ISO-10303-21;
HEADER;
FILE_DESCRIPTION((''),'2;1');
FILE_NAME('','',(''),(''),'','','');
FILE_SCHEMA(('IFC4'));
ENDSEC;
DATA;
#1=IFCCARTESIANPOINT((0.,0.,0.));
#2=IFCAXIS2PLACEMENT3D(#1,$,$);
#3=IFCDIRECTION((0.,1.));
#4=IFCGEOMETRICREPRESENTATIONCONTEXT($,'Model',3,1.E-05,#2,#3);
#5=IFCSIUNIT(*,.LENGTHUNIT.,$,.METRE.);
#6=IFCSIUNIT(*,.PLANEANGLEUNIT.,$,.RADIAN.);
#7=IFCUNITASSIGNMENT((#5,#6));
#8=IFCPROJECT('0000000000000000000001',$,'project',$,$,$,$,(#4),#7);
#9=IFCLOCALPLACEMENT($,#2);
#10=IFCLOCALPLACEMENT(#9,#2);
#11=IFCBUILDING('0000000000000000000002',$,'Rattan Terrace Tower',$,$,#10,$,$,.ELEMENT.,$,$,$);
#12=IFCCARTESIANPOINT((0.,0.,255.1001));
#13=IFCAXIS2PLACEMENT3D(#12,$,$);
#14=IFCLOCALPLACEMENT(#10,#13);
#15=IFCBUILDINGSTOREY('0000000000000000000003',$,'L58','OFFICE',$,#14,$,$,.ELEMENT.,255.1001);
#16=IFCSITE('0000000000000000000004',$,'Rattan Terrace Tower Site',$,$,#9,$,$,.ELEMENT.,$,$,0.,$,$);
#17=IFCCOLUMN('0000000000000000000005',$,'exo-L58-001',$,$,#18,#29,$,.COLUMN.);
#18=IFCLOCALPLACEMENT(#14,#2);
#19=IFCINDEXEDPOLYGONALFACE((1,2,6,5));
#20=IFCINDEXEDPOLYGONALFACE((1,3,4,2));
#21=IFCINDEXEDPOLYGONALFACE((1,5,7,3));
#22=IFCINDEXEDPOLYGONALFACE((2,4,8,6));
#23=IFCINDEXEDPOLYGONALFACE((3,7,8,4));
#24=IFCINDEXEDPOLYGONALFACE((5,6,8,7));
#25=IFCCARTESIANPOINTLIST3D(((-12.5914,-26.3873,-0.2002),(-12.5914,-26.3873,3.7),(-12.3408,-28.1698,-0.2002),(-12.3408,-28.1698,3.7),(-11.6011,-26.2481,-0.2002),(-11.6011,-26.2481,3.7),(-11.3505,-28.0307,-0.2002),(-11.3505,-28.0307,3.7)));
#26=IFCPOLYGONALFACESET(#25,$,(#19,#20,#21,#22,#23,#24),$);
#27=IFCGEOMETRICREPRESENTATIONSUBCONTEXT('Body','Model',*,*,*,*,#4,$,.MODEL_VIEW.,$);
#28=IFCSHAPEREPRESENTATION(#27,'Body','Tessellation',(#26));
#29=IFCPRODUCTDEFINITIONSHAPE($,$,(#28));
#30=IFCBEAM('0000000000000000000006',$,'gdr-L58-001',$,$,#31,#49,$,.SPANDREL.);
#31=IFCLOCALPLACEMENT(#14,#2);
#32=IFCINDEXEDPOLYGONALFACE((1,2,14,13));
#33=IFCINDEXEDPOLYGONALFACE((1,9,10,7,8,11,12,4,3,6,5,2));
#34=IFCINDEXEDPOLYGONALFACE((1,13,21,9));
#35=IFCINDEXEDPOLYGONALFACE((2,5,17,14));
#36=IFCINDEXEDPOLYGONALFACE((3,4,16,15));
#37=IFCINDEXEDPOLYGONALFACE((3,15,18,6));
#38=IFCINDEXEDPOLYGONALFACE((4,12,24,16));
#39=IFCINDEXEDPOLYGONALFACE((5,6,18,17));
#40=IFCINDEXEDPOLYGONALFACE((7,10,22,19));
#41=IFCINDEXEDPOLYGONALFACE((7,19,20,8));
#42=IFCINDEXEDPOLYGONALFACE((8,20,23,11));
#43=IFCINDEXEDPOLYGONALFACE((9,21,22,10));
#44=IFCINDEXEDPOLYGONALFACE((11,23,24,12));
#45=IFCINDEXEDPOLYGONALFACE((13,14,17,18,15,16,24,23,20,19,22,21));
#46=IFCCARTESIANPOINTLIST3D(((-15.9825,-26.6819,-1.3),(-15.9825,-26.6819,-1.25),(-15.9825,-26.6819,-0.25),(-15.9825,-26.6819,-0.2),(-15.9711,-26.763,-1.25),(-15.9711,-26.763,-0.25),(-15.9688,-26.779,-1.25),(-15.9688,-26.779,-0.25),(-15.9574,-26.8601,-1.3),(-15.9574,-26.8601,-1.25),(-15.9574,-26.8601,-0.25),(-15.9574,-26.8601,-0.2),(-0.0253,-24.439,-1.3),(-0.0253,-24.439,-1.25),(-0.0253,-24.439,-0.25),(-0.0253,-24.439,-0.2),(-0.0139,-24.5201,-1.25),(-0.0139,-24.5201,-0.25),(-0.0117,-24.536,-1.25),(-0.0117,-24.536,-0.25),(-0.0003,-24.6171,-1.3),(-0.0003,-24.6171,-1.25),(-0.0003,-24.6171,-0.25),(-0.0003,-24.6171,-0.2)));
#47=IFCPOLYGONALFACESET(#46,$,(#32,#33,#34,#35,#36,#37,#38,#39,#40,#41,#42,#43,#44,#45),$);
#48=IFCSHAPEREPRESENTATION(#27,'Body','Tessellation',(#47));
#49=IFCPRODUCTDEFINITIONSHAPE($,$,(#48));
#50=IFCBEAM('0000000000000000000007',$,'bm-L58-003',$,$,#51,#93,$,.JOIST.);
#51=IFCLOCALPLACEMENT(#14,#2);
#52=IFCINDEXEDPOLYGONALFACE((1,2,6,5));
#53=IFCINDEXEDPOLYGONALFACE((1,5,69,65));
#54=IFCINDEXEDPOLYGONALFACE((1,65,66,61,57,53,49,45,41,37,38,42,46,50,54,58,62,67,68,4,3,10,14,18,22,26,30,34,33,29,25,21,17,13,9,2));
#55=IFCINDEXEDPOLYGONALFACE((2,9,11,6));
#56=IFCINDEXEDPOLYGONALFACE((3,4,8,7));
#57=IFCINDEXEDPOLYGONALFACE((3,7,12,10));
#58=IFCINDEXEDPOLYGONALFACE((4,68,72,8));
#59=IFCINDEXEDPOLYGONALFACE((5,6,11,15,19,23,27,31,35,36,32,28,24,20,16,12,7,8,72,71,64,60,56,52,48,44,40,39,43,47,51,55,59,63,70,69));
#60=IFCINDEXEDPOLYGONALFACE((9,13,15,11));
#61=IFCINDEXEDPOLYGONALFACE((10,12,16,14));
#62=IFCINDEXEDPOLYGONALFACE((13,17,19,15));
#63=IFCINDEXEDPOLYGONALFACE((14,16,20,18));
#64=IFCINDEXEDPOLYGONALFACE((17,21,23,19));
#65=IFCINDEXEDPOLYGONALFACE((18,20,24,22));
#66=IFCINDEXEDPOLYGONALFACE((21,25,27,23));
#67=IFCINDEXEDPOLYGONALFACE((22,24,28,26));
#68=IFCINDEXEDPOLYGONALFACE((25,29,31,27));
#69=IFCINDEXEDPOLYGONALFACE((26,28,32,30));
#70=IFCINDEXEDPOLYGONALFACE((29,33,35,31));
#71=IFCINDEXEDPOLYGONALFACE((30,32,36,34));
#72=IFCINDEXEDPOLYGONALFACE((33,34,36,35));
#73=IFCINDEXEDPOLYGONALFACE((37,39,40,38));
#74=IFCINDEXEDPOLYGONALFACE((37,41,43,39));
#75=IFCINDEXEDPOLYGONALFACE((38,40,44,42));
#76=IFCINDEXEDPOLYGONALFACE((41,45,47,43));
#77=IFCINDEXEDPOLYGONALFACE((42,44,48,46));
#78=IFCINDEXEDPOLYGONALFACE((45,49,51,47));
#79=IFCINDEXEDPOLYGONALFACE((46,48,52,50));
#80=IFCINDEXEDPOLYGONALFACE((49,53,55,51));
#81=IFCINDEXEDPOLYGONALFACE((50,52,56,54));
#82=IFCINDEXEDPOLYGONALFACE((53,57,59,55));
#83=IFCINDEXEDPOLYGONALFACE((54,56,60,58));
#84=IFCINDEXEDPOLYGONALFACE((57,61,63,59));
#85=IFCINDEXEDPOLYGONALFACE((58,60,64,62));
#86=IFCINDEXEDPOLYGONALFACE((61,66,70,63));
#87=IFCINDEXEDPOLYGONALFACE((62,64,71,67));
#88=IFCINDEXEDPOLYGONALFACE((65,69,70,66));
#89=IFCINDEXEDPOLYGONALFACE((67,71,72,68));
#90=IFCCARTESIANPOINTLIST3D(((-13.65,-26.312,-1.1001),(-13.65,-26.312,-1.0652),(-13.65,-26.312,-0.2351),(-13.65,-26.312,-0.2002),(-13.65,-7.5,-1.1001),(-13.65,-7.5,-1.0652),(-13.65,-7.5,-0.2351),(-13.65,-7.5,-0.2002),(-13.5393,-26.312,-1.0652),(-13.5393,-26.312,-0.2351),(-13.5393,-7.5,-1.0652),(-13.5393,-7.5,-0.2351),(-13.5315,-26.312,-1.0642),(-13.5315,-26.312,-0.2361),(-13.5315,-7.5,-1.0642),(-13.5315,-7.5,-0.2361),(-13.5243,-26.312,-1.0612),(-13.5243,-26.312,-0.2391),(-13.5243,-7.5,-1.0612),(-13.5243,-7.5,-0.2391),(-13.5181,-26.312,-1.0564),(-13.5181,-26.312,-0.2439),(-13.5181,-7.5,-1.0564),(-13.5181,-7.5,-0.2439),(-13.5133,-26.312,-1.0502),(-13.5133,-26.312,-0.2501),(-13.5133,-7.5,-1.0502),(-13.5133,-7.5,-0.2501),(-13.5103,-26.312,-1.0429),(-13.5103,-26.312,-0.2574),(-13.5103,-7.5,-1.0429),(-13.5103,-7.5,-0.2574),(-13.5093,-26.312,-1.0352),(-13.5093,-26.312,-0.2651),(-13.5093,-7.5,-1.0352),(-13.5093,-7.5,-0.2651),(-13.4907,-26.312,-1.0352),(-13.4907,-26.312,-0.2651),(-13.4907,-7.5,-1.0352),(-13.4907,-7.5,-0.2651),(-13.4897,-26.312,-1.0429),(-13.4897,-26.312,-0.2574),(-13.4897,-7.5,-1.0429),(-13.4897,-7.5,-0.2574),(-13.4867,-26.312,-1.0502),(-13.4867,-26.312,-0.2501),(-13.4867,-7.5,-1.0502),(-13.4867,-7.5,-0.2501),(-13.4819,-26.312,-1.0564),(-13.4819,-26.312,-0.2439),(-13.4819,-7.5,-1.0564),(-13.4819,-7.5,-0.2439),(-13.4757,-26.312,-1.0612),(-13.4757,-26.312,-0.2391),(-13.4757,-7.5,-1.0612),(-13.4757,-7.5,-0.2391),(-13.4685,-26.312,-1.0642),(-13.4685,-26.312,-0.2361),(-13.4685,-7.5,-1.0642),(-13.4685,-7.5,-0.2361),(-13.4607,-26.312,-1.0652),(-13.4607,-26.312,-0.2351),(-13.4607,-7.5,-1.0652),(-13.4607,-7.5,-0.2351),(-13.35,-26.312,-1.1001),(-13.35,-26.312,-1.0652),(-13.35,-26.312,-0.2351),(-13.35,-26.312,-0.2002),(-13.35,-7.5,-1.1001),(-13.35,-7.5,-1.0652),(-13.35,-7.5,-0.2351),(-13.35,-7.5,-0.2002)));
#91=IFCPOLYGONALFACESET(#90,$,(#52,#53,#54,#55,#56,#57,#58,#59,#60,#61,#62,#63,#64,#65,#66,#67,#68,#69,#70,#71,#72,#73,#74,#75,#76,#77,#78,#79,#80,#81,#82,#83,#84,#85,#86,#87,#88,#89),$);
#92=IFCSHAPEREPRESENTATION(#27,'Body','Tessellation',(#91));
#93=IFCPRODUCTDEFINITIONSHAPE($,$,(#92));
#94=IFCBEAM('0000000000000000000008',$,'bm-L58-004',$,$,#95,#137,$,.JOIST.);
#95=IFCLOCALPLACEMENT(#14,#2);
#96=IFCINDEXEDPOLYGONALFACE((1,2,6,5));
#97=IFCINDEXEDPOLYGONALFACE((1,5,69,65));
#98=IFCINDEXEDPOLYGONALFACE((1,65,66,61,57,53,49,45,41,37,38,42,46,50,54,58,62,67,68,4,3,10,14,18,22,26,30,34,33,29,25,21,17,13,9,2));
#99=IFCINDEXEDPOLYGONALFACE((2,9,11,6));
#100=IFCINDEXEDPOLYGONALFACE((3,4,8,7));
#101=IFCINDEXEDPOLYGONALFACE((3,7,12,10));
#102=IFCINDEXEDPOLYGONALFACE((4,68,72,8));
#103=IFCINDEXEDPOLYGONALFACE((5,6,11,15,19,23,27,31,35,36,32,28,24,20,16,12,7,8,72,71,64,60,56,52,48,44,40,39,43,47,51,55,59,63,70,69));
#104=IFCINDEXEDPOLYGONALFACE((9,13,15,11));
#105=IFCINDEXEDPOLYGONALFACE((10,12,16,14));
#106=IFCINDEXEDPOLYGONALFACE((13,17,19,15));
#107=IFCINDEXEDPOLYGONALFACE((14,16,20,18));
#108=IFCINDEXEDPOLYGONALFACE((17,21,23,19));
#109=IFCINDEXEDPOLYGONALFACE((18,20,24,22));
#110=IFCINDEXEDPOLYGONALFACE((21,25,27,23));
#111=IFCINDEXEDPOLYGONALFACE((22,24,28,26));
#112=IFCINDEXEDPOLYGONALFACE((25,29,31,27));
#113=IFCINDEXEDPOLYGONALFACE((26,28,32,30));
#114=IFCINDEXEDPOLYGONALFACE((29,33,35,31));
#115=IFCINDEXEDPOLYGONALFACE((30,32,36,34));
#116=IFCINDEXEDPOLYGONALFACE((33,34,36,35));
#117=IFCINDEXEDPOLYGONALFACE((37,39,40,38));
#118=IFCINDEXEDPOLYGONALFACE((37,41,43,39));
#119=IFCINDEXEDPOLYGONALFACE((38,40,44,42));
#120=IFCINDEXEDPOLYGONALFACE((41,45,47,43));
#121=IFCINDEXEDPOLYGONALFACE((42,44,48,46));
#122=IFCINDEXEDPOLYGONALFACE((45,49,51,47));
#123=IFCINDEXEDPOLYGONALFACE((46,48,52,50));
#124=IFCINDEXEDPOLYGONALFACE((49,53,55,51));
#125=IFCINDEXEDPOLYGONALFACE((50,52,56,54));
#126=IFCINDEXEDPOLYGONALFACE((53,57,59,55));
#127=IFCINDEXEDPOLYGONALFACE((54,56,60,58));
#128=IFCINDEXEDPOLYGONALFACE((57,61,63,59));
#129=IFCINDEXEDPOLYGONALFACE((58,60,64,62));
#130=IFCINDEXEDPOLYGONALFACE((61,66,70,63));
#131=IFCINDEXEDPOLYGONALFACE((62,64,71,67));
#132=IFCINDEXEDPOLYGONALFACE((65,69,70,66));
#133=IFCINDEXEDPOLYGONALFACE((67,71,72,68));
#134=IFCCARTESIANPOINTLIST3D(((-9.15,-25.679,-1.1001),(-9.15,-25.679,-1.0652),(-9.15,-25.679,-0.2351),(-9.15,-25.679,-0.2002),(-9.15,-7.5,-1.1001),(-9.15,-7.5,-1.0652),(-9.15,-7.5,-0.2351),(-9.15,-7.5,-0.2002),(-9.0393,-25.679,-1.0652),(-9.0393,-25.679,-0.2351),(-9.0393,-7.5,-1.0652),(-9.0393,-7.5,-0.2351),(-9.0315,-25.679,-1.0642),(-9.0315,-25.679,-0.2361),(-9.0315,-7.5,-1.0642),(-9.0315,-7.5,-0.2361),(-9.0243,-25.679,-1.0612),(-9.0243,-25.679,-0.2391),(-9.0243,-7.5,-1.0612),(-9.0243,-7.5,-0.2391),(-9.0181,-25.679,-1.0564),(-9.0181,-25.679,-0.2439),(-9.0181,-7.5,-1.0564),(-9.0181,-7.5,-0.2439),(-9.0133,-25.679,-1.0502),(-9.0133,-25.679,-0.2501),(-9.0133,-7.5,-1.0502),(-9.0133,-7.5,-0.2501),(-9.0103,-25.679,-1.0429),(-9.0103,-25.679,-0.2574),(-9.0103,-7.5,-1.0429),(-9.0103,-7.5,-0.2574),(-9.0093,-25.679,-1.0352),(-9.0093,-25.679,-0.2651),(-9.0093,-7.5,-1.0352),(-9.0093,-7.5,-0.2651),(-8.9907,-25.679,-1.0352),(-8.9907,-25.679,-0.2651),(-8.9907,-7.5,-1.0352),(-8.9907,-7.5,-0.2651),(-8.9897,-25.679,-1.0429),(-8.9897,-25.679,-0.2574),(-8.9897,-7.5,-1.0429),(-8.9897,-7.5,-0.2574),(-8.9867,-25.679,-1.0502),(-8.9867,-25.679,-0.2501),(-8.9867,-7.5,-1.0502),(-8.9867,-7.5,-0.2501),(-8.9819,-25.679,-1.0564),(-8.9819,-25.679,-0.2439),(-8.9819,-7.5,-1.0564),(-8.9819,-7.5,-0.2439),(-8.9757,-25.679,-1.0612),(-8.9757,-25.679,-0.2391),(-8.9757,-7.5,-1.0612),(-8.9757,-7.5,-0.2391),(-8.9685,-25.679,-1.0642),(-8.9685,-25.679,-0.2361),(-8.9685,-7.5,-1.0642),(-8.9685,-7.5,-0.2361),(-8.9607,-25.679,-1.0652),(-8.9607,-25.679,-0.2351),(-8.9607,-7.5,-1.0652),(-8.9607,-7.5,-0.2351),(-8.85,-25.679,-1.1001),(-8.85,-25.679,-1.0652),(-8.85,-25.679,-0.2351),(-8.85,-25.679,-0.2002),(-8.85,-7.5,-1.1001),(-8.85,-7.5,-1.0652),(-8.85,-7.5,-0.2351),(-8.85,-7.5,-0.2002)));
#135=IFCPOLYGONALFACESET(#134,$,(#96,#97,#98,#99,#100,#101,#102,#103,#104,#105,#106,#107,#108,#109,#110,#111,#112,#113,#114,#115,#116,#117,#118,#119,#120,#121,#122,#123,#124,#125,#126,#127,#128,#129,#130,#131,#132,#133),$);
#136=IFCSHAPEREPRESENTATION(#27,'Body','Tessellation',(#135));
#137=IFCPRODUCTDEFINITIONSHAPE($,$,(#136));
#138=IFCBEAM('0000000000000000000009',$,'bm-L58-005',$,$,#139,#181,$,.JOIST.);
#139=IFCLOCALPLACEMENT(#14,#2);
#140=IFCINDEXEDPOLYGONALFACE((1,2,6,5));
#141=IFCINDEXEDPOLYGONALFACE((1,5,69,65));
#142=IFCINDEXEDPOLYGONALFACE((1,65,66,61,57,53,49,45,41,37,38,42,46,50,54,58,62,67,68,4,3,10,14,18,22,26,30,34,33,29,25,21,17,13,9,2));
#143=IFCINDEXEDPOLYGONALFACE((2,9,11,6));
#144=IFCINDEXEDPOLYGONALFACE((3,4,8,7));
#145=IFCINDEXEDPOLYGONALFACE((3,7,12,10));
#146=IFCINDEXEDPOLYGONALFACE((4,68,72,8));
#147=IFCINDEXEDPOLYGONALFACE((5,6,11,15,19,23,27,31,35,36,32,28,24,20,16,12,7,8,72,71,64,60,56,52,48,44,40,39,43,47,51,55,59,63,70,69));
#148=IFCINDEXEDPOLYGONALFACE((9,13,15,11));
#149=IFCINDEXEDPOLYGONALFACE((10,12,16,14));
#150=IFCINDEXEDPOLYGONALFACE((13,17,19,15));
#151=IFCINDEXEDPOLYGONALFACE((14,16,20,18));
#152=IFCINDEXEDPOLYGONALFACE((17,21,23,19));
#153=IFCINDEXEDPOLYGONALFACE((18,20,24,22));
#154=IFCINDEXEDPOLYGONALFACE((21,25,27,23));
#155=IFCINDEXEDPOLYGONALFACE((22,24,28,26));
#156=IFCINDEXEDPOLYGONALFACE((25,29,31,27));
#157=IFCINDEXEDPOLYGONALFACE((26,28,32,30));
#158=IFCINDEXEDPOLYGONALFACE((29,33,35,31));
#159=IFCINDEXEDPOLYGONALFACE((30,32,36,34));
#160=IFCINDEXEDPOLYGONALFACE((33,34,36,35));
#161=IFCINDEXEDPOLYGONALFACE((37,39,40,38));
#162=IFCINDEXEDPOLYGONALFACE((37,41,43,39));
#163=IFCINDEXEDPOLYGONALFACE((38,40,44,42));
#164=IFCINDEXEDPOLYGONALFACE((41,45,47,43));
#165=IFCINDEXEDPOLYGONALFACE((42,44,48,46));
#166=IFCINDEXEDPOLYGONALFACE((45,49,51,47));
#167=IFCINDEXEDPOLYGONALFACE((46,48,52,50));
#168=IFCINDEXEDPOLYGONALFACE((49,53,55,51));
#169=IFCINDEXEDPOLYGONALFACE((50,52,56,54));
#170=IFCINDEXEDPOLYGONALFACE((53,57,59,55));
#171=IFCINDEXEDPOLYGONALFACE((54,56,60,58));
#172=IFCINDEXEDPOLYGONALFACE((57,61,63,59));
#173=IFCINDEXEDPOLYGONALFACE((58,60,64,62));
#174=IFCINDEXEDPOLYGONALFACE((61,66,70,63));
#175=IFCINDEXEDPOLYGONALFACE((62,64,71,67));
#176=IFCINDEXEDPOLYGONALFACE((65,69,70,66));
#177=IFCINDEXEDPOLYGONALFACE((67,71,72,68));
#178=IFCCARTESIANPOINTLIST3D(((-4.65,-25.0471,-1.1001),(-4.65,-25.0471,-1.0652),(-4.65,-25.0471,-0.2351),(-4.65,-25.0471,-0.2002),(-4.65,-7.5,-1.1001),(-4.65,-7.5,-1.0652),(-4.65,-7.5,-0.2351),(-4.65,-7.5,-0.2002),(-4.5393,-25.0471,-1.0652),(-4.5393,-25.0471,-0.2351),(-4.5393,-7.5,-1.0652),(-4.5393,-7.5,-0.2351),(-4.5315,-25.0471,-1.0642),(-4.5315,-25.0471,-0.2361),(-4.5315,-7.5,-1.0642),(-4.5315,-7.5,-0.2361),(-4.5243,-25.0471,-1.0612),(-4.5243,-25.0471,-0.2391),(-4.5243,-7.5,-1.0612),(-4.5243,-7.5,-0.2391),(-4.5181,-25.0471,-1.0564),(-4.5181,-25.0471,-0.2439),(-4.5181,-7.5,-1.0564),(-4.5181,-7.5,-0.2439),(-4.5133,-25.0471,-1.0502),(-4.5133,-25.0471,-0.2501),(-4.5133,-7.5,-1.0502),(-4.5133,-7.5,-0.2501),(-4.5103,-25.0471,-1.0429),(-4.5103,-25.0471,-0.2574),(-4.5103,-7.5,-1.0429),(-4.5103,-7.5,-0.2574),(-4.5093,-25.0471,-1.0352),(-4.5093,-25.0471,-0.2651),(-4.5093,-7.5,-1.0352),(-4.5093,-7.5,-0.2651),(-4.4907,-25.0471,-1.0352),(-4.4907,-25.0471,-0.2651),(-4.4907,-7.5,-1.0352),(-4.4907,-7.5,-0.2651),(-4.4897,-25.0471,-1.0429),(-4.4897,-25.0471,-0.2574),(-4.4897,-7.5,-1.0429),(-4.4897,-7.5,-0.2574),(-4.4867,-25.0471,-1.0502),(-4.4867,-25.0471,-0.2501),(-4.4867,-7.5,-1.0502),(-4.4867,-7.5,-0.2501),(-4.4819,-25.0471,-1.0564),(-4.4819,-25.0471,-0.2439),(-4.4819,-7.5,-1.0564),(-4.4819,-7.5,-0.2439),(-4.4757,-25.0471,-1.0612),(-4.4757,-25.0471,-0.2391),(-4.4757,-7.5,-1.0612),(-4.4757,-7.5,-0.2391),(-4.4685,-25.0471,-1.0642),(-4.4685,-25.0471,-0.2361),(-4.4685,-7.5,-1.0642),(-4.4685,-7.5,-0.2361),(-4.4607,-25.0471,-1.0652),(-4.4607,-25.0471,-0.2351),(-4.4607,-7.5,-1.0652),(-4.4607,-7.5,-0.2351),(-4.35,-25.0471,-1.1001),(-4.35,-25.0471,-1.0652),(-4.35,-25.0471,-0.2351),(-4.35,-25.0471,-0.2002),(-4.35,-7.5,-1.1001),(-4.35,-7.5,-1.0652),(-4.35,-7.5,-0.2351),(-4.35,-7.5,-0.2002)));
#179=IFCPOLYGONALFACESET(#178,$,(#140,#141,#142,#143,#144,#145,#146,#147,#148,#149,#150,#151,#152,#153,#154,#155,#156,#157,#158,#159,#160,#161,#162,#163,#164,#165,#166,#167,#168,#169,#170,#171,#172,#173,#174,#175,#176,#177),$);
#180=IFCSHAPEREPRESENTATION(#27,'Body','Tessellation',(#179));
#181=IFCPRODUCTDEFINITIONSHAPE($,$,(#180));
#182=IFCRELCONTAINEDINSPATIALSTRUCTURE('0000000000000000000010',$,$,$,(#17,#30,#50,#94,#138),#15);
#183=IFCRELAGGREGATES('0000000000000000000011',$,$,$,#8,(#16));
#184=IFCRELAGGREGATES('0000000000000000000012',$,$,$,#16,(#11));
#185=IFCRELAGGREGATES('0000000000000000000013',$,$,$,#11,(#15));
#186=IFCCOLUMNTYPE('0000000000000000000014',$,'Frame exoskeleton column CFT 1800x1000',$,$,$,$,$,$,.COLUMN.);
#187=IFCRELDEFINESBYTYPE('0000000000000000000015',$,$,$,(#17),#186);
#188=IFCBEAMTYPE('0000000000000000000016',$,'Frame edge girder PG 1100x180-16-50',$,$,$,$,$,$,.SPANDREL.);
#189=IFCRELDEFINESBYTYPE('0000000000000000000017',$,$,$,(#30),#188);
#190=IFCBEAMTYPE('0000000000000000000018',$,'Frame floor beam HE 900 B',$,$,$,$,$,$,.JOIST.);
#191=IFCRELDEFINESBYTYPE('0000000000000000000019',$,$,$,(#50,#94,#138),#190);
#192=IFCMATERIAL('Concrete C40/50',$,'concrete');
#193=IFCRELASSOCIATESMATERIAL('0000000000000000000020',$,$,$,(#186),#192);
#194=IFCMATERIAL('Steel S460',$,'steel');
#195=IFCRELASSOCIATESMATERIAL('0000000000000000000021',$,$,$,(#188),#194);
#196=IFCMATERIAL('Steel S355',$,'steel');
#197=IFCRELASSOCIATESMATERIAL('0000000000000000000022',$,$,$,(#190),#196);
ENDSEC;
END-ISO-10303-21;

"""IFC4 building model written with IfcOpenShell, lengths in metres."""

from ifc_helpers import new_model, si_unit, direction, frame, origin, origin_2d, place, context, subcontext, project, spatial, rectangle, i_section, extrude, material, material_profile, profile_set, type_object, element, save


model = new_model("IFC4")

# Units and contexts
model_context = context("Model", 3, precision=1e-05, world=origin(), true_north=direction((0.0, 1.0)))
body_context = subcontext(model_context, "Body", "Model", "MODEL_VIEW")
ifc_project = project(units=[si_unit("LENGTHUNIT", "METRE"), si_unit("PLANEANGLEUNIT", "RADIAN")], contexts=[model_context])

# Site, building, storey
site_placement = place(None, origin())
site = spatial("IfcSite", under=ifc_project, at=site_placement, Name="Rattan Terrace Tower Site", CompositionType="ELEMENT", RefElevation=0.0)
building_placement = place(site_placement, origin())
building = spatial("IfcBuilding", under=site, at=building_placement, Name="Rattan Terrace Tower", CompositionType="ELEMENT")
storey_placement = place(building_placement, frame((0.0, 0.0, 255.1001)))
storey = spatial("IfcBuildingStorey", under=building, at=storey_placement, Name="L58", Description="OFFICE", CompositionType="ELEMENT", Elevation=255.1001)

# Column
ifc_material_1 = material(Name="Concrete C40/50", Category="concrete")
ifc_material_profile_1 = material_profile(ifc_material_1, rectangle(XDim=1.0, YDim=1.8, at=origin_2d()), Name="CFT 1800x1000")
ifc_profile_set_1 = profile_set([ifc_material_profile_1], Name="Concrete C40/50")
column_type = type_object("IfcColumnType", Name="Frame exoskeleton column CFT 1800x1000", PredefinedType="COLUMN", material=ifc_profile_set_1)
column_placement = place(storey_placement, frame((-11.9709, -27.209, -0.2002), z_axis=(0.0, 0.0, 1.0), x_axis=(0.990266, 0.13919, 0.0)))
element("IfcColumn", 1, at=column_placement, inside=storey, type_object=column_type, Name="exo-L58-001", PredefinedType="COLUMN", context=body_context, shape_type="SweptSolid", body=[
    extrude(rectangle(XDim=1.0, YDim=1.8, at=origin_2d()), origin(), (0.0, 0.0, 1.0), 3.9001),
])

# Beams
ifc_material_2 = material(Name="Steel S460", Category="steel")
ifc_material_profile_2 = material_profile(ifc_material_2, i_section(OverallWidth=0.1799, OverallDepth=1.1001, WebThickness=0.0161, FlangeThickness=0.05, at=origin_2d()), Name="PG 1100x180-16-50")
ifc_profile_set_2 = profile_set([ifc_material_profile_2], Name="Steel S460")
beam_type_1 = type_object("IfcBeamType", Name="Frame edge girder PG 1100x180-16-50", PredefinedType="SPANDREL", material=ifc_profile_set_2)
beam_1_placement = place(storey_placement, frame((-15.97, -26.771, -0.75), z_axis=(0.990265, 0.139192, 0.0), x_axis=(-0.139192, 0.990265, 0.0)))
element("IfcBeam", 2, at=beam_1_placement, inside=storey, type_object=beam_type_1, Name="gdr-L58-001", PredefinedType="SPANDREL", context=body_context, shape_type="SweptSolid", body=[
    extrude(i_section(OverallWidth=0.1799, OverallDepth=1.1001, WebThickness=0.0161, FlangeThickness=0.05, at=origin_2d()), origin(), (0.0, 0.0, 1.0), 16.114),
])
ifc_material_3 = material(Name="Steel S355", Category="steel")
ifc_material_profile_3 = material_profile(ifc_material_3, i_section(OverallWidth=0.3, OverallDepth=0.8999, WebThickness=0.0186, FlangeThickness=0.0349, FilletRadius=0.03, at=origin_2d()), Name="HE 900 B")
ifc_profile_set_3 = profile_set([ifc_material_profile_3], Name="Steel S355")
beam_type_2 = type_object("IfcBeamType", Name="Frame floor beam HE 900 B", PredefinedType="JOIST", material=ifc_profile_set_3)
beam_2_placement = place(storey_placement, frame((-13.5, -26.312, -0.6501), z_axis=(0.0, 1.0, 0.0), x_axis=(-1.0, 0.0, 0.0)))
element("IfcBeam", 3, at=beam_2_placement, inside=storey, type_object=beam_type_2, Name="bm-L58-003", PredefinedType="JOIST", context=body_context, shape_type="SweptSolid", body=[
    extrude(i_section(OverallWidth=0.3, OverallDepth=0.8999, WebThickness=0.0186, FlangeThickness=0.0349, FilletRadius=0.03, at=origin_2d()), origin(), (0.0, 0.0, 1.0), 18.812),
])
beam_3_placement = place(storey_placement, frame((-9.0, -25.679, -0.6501), z_axis=(0.0, 1.0, 0.0), x_axis=(-1.0, 0.0, 0.0)))
element("IfcBeam", 4, at=beam_3_placement, inside=storey, type_object=beam_type_2, Name="bm-L58-004", PredefinedType="JOIST", context=body_context, shape_type="SweptSolid", body=[
    extrude(i_section(OverallWidth=0.3, OverallDepth=0.8999, WebThickness=0.0186, FlangeThickness=0.0349, FilletRadius=0.03, at=origin_2d()), origin(), (0.0, 0.0, 1.0), 18.179),
])
beam_4_placement = place(storey_placement, frame((-4.5, -25.0471, -0.6501), z_axis=(0.0, 1.0, 0.0), x_axis=(-1.0, 0.0, 0.0)))
element("IfcBeam", 5, at=beam_4_placement, inside=storey, type_object=beam_type_2, Name="bm-L58-005", PredefinedType="JOIST", context=body_context, shape_type="SweptSolid", body=[
    extrude(i_section(OverallWidth=0.3, OverallDepth=0.8999, WebThickness=0.0186, FlangeThickness=0.0349, FilletRadius=0.03, at=origin_2d()), origin(), (0.0, 0.0, 1.0), 17.5471),
])

save(model, "model.ifc")
